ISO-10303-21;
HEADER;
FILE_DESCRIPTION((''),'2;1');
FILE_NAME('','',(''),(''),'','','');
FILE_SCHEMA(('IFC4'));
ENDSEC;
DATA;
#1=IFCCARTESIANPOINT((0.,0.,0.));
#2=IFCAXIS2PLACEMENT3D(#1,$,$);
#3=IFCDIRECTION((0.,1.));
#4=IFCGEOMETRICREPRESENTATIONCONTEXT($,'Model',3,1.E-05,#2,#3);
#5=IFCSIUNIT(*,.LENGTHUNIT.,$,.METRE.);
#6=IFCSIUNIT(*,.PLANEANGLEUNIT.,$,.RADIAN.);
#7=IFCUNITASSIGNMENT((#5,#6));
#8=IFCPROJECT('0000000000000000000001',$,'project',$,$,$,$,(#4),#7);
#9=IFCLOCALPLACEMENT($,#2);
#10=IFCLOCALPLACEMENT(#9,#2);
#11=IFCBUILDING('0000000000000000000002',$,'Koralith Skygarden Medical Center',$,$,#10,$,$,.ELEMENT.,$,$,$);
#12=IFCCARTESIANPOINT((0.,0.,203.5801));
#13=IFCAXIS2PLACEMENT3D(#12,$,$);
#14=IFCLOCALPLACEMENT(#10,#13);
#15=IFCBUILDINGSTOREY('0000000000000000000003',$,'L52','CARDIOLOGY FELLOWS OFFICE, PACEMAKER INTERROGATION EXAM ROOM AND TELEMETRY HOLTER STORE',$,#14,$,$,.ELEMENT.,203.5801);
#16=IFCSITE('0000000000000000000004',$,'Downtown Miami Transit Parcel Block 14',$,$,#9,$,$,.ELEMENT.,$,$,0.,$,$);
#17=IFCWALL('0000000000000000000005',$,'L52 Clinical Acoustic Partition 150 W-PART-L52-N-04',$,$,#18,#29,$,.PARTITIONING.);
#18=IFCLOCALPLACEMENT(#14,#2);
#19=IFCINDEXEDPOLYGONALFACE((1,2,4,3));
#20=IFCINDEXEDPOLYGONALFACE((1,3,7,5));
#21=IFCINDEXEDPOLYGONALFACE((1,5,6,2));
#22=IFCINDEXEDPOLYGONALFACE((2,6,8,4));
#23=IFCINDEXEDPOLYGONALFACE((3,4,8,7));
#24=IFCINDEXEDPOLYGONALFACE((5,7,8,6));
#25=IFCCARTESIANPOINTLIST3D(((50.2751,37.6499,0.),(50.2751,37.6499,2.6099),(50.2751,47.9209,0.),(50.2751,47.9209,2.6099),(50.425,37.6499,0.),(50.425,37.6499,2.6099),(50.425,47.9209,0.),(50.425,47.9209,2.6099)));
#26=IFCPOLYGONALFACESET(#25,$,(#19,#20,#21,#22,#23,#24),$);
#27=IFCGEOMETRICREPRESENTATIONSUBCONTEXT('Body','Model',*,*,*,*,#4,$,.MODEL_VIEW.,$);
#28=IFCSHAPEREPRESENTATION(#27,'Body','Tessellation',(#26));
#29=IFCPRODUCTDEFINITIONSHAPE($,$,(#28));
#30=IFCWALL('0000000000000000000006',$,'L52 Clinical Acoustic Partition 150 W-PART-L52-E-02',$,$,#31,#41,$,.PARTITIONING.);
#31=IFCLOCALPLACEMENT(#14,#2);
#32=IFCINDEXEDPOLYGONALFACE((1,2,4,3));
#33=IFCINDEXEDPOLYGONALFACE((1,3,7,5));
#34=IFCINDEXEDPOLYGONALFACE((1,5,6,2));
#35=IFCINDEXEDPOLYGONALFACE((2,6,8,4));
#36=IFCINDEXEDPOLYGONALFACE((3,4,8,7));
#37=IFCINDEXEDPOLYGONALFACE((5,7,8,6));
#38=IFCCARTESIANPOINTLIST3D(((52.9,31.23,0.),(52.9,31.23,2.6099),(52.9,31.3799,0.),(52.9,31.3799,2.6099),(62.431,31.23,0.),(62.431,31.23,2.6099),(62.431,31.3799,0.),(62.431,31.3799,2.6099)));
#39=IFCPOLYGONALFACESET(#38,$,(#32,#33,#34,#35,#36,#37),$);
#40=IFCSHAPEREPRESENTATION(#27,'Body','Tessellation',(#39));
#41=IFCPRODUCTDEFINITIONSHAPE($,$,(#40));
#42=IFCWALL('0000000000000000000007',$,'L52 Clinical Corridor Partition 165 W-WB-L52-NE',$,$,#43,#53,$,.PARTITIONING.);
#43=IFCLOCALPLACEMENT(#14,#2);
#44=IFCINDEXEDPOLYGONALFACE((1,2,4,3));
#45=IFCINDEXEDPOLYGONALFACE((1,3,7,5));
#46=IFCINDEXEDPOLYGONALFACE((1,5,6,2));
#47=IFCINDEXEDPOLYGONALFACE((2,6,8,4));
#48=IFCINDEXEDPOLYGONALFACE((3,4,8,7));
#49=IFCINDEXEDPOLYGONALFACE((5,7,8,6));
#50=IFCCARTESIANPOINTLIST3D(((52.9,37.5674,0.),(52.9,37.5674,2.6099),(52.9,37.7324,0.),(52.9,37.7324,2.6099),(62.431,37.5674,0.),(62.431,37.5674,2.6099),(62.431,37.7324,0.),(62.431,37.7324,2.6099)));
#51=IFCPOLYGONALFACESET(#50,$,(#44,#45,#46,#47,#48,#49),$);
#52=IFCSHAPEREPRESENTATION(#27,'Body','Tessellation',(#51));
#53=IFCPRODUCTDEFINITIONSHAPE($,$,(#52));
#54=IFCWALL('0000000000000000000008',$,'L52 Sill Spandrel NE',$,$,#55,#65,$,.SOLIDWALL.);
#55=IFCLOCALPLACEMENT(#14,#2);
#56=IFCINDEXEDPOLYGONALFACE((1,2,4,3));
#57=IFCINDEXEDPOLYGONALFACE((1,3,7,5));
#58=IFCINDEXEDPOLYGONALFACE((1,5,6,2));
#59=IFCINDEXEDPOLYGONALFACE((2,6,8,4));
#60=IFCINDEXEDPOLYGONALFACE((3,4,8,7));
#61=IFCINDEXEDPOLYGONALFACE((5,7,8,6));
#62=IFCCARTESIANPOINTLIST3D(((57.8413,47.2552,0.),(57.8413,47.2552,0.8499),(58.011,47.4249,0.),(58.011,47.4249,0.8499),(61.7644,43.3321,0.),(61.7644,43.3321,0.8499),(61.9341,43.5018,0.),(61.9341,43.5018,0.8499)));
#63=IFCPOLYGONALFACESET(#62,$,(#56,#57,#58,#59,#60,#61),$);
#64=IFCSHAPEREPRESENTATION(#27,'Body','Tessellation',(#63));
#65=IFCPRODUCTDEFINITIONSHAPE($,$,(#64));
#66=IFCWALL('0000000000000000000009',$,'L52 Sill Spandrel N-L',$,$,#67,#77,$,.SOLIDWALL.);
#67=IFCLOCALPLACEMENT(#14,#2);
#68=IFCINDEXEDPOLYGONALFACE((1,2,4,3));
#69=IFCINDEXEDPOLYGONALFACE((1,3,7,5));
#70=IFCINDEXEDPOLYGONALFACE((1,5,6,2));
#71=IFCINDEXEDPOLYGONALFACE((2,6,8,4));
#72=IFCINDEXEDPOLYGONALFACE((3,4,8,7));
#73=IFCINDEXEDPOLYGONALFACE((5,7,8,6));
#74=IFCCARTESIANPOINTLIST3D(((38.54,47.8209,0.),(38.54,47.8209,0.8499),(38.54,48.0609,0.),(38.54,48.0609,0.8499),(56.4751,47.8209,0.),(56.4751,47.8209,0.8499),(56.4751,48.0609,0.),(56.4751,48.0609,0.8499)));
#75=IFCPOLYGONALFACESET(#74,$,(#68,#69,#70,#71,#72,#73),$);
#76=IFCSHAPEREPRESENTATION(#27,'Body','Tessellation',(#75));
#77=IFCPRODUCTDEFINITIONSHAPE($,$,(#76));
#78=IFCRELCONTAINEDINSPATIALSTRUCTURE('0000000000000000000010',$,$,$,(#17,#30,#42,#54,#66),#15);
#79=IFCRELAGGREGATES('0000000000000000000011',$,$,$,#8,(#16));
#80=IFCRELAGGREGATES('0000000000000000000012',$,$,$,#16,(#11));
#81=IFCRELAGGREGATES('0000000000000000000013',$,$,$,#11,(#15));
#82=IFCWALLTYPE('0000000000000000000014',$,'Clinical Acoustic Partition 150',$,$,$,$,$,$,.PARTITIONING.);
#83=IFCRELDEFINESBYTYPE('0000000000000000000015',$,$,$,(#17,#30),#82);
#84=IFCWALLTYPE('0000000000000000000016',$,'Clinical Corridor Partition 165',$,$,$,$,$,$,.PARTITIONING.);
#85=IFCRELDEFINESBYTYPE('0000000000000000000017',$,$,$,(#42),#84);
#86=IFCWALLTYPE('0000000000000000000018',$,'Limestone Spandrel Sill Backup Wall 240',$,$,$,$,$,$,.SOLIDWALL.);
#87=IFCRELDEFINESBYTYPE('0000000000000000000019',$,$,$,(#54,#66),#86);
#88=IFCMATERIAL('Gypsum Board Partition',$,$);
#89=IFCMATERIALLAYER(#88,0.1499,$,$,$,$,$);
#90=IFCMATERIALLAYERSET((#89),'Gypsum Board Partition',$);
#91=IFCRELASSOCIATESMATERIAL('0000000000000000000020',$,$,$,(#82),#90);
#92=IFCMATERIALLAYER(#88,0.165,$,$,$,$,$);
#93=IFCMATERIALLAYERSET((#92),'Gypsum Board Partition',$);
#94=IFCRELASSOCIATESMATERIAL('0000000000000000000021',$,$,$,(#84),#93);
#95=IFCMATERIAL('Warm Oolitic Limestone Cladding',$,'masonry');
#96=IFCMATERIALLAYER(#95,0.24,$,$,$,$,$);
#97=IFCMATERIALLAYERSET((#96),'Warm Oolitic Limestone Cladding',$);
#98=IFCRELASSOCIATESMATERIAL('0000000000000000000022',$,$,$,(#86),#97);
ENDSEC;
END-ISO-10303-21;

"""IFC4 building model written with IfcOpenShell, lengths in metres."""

from ifc_helpers import new_model, si_unit, direction, frame, frame_2d, origin, place, context, subcontext, project, spatial, rectangle, extrude, material, layer, layer_set, type_object, element, save


model = new_model("IFC4")

# Units and contexts
model_context = context("Model", 3, precision=1e-05, world=origin(), true_north=direction((0.0, 1.0)))
body_context = subcontext(model_context, "Body", "Model", "MODEL_VIEW")
ifc_project = project(units=[si_unit("LENGTHUNIT", "METRE"), si_unit("PLANEANGLEUNIT", "RADIAN")], contexts=[model_context])

# Site, building, storey
site_placement = place(None, origin())
site = spatial("IfcSite", under=ifc_project, at=site_placement, Name="Downtown Miami Transit Parcel Block 14", CompositionType="ELEMENT", RefElevation=0.0)
building_placement = place(site_placement, origin())
building = spatial("IfcBuilding", under=site, at=building_placement, Name="Koralith Skygarden Medical Center", CompositionType="ELEMENT")
storey_placement = place(building_placement, frame((0.0, 0.0, 203.5801)))
storey = spatial("IfcBuildingStorey", under=building, at=storey_placement, Name="L52", Description="CARDIOLOGY FELLOWS OFFICE, PACEMAKER INTERROGATION EXAM ROOM AND TELEMETRY HOLTER STORE", CompositionType="ELEMENT", Elevation=203.5801)

# Shared definitions
ifc_material_1 = material(Name="Warm Oolitic Limestone Cladding", Category="masonry")

# Walls
ifc_material_2 = material(Name="Gypsum Board Partition")
ifc_layer_1 = layer(ifc_material_2, 0.1499)
ifc_layer_set_1 = layer_set([ifc_layer_1], Name="Gypsum Board Partition")
wall_type_1 = type_object("IfcWallType", Name="Clinical Acoustic Partition 150", PredefinedType="PARTITIONING", material=ifc_layer_set_1)
wall_1_placement = place(storey_placement, frame((50.3501, 37.6499, 0.0), z_axis=(0.0, 0.0, 1.0), x_axis=(0.0, 1.0, 0.0)))
element("IfcWall", 1, at=wall_1_placement, inside=storey, type_object=wall_type_1, Name="L52 Clinical Acoustic Partition 150 W-PART-L52-N-04", PredefinedType="PARTITIONING", context=body_context, shape_type="SweptSolid", body=[
    extrude(rectangle(XDim=10.271, YDim=0.1499, at=frame_2d((5.1355, 0.0))), origin(), (0.0, 0.0, 1.0), 2.6099),
])
wall_2_placement = place(storey_placement, frame((52.8999, 31.3049, 0.0), z_axis=(0.0, 0.0, 1.0), x_axis=(1.0, 0.0, 0.0)))
element("IfcWall", 2, at=wall_2_placement, inside=storey, type_object=wall_type_1, Name="L52 Clinical Acoustic Partition 150 W-PART-L52-E-02", PredefinedType="PARTITIONING", context=body_context, shape_type="SweptSolid", body=[
    extrude(rectangle(XDim=9.531, YDim=0.1499, at=frame_2d((4.7656, 0.0))), origin(), (0.0, 0.0, 1.0), 2.6099),
])
ifc_layer_2 = layer(ifc_material_2, 0.165)
ifc_layer_set_2 = layer_set([ifc_layer_2], Name="Gypsum Board Partition")
wall_type_2 = type_object("IfcWallType", Name="Clinical Corridor Partition 165", PredefinedType="PARTITIONING", material=ifc_layer_set_2)
wall_3_placement = place(storey_placement, frame((52.8999, 37.6499, 0.0), z_axis=(0.0, 0.0, 1.0), x_axis=(1.0, 0.0, 0.0)))
element("IfcWall", 3, at=wall_3_placement, inside=storey, type_object=wall_type_2, Name="L52 Clinical Corridor Partition 165 W-WB-L52-NE", PredefinedType="PARTITIONING", context=body_context, shape_type="SweptSolid", body=[
    extrude(rectangle(XDim=9.531, YDim=0.165, at=frame_2d((4.7656, 0.0))), origin(), (0.0, 0.0, 1.0), 2.6099),
])

# Walls
ifc_layer_3 = layer(ifc_material_1, 0.24)
ifc_layer_set_3 = layer_set([ifc_layer_3], Name="Warm Oolitic Limestone Cladding")
wall_type_3 = type_object("IfcWallType", Name="Limestone Spandrel Sill Backup Wall 240", PredefinedType="SOLIDWALL", material=ifc_layer_set_3)
wall_4_placement = place(storey_placement, frame((61.8491, 43.417, 0.0), z_axis=(0.0, 0.0, 1.0), x_axis=(-0.707107, 0.707107, 0.0)))
element("IfcWall", 4, at=wall_4_placement, inside=storey, type_object=wall_type_3, Name="L52 Sill Spandrel NE", PredefinedType="SOLIDWALL", context=body_context, shape_type="SweptSolid", body=[
    extrude(rectangle(XDim=5.5481, YDim=0.24, at=frame_2d((2.7739, 0.0))), origin(), (0.0, 0.0, 1.0), 0.8499),
])
wall_5_placement = place(storey_placement, frame((56.4751, 47.9409, 0.0), z_axis=(0.0, 0.0, 1.0), x_axis=(-1.0, 0.0, 0.0)))
element("IfcWall", 5, at=wall_5_placement, inside=storey, type_object=wall_type_3, Name="L52 Sill Spandrel N-L", PredefinedType="SOLIDWALL", context=body_context, shape_type="SweptSolid", body=[
    extrude(rectangle(XDim=17.9351, YDim=0.24, at=frame_2d((8.9675, 0.0))), origin(), (0.0, 0.0, 1.0), 0.8499),
])

save(model, "model.ifc")
